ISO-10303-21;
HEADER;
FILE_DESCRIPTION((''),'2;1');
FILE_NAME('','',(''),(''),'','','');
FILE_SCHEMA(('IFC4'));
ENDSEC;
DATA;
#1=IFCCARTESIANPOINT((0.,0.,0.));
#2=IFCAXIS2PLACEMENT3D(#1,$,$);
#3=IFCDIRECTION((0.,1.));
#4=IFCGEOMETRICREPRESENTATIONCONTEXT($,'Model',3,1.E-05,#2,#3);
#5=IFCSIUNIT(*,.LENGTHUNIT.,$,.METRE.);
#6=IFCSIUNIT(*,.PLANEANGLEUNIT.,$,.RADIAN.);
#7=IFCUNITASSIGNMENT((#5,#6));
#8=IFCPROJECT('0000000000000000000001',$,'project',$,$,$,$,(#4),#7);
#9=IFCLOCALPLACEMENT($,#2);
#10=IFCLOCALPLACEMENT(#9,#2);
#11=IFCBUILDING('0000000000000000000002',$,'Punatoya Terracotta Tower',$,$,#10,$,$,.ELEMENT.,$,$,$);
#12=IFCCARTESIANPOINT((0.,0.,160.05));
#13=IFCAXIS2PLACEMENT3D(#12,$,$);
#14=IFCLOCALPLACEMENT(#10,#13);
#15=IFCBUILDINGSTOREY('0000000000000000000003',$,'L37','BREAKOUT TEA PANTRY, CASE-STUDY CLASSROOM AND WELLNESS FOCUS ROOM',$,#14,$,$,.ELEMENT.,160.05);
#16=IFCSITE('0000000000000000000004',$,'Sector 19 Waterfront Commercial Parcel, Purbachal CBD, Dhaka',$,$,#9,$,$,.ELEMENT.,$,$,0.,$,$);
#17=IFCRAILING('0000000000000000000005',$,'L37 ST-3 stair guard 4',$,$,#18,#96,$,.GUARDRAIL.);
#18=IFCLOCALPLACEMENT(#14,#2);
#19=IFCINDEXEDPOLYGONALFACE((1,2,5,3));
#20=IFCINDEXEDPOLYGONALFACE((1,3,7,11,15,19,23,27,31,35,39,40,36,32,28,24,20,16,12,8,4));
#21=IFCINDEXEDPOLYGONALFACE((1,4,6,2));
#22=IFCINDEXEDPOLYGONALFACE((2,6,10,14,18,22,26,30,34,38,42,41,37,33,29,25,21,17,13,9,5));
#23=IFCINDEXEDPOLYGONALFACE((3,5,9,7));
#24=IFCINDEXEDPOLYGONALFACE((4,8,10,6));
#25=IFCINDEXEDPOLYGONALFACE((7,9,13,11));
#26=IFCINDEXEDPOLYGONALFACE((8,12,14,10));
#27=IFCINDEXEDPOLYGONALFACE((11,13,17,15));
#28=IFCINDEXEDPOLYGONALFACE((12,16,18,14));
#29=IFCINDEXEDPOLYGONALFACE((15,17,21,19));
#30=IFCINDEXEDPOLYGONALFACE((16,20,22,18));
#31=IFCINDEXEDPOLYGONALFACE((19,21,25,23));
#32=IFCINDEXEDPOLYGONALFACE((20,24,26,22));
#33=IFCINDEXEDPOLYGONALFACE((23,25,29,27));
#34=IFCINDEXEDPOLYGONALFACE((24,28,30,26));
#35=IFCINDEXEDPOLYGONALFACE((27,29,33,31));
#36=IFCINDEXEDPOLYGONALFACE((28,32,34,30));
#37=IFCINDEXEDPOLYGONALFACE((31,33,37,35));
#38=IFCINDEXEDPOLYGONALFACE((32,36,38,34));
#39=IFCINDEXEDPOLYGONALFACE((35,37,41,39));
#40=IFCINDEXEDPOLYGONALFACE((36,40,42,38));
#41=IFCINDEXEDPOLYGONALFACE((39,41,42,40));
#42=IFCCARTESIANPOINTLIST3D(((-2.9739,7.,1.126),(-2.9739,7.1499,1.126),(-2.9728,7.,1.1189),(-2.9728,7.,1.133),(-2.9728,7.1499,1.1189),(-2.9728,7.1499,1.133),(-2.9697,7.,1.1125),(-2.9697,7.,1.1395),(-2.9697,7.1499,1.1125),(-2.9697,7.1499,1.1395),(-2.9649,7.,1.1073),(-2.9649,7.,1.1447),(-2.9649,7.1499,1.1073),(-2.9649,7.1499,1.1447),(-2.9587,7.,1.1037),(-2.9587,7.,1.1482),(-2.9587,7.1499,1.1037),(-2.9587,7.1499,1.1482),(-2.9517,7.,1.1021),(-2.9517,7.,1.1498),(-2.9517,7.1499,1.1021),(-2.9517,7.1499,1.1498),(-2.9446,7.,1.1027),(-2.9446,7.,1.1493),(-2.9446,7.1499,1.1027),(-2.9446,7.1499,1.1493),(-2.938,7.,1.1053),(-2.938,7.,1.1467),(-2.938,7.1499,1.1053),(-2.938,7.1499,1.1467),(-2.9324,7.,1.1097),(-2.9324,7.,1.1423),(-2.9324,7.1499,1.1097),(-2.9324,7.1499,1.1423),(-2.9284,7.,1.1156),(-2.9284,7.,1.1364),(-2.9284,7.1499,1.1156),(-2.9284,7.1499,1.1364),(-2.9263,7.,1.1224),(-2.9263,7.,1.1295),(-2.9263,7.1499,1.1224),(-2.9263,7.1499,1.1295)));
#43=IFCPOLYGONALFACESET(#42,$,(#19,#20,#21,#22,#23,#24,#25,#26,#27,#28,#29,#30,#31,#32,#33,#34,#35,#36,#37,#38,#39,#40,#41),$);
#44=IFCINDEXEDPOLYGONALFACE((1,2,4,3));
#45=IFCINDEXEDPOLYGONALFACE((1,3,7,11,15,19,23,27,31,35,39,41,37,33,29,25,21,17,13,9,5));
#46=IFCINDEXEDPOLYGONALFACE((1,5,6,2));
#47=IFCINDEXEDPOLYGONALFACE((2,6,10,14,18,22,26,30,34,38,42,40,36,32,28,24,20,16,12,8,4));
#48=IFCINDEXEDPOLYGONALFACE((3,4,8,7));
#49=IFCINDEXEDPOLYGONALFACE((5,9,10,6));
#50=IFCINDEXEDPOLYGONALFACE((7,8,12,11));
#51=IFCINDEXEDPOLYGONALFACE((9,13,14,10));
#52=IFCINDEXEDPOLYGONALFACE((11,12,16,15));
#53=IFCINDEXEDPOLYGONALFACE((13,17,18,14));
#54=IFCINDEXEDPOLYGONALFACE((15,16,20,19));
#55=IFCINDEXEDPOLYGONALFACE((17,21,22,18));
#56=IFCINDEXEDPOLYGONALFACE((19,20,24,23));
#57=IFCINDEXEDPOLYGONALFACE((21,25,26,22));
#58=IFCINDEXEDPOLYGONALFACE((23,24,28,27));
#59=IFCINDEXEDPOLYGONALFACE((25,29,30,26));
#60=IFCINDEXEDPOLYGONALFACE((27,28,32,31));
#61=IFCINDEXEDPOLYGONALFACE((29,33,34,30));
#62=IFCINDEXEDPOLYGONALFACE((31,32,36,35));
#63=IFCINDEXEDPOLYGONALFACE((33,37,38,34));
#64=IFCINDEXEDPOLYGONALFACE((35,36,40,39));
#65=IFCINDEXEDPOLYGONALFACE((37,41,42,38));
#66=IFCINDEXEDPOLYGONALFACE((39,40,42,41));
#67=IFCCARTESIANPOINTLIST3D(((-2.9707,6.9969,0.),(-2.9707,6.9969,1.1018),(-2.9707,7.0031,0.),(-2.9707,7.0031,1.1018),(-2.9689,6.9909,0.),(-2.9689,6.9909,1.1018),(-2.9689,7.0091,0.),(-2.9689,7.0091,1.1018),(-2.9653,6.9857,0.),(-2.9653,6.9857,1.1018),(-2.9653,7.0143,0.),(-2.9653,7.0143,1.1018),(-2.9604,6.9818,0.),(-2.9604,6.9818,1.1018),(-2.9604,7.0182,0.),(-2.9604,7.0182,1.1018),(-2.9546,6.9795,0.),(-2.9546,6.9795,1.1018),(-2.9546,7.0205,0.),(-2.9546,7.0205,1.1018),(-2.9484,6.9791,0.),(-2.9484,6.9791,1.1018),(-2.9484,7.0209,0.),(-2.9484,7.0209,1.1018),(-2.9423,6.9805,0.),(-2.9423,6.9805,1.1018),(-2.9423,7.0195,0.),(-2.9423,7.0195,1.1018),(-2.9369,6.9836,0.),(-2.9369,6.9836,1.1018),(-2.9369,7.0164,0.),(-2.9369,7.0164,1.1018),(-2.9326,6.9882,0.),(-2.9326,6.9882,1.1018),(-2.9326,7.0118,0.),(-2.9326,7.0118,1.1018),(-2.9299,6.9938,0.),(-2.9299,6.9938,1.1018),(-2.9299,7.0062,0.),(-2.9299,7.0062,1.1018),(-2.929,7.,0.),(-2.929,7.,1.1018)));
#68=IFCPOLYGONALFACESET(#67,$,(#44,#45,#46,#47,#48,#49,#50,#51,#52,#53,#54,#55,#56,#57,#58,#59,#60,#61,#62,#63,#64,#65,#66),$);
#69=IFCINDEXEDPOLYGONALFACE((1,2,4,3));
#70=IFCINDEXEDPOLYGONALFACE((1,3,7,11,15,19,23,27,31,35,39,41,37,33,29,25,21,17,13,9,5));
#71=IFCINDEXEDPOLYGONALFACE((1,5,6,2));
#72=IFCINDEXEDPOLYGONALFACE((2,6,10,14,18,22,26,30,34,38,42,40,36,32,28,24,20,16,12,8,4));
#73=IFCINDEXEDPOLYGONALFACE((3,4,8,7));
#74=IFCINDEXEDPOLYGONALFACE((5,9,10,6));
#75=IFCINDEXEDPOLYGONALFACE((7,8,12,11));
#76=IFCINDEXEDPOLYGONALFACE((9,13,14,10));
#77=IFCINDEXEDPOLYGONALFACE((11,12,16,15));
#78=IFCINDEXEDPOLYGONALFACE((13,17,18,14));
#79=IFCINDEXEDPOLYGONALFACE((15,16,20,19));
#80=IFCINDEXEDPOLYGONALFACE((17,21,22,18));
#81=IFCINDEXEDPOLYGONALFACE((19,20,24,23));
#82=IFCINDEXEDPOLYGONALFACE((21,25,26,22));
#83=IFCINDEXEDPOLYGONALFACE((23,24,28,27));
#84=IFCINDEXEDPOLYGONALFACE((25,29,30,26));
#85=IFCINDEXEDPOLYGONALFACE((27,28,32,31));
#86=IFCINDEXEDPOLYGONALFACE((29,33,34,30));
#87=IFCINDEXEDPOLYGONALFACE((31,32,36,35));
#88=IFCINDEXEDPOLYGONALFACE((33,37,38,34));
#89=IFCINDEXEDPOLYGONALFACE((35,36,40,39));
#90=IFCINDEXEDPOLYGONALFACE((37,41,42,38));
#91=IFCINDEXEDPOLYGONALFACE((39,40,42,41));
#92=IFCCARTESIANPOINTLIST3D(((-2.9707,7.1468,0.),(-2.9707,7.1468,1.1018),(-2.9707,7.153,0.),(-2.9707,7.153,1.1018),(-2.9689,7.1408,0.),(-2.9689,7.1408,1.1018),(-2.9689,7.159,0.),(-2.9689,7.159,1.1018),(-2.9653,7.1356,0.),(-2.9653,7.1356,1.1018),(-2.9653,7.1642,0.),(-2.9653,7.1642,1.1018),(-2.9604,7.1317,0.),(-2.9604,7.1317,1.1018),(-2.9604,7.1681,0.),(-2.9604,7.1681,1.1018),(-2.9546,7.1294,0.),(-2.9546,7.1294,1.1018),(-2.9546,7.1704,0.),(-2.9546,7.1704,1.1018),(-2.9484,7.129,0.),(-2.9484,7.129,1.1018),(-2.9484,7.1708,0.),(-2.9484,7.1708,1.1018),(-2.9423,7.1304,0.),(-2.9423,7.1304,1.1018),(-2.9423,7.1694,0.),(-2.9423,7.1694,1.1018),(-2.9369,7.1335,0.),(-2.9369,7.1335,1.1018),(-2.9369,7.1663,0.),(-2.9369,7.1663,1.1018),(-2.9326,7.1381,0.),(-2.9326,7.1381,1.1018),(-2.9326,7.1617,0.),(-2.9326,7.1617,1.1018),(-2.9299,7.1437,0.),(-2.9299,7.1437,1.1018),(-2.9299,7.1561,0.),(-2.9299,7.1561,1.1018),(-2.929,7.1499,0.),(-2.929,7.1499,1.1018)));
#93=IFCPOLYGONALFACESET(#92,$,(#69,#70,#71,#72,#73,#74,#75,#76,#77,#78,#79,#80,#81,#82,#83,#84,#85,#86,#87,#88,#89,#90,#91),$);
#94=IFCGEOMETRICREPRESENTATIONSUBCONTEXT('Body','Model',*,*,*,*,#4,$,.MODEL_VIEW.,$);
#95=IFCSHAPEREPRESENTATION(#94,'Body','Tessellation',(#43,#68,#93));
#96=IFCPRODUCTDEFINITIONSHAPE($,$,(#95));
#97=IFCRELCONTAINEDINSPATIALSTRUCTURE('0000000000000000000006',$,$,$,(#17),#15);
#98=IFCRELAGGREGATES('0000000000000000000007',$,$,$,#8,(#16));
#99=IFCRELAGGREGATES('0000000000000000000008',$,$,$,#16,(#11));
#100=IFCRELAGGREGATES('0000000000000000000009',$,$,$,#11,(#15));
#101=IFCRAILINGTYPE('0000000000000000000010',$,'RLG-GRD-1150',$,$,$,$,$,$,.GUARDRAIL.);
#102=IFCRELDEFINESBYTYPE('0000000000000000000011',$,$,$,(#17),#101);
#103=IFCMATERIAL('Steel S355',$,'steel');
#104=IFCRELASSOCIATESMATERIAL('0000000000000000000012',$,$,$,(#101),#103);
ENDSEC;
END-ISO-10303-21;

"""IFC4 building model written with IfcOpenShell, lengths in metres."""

from ifc_helpers import new_model, si_unit, direction, frame, origin, origin_2d, place, context, subcontext, project, spatial, circle, extrude, material, type_object, element, save


model = new_model("IFC4")

# Units and contexts
model_context = context("Model", 3, precision=1e-05, world=origin(), true_north=direction((0.0, 1.0)))
body_context = subcontext(model_context, "Body", "Model", "MODEL_VIEW")
ifc_project = project(units=[si_unit("LENGTHUNIT", "METRE"), si_unit("PLANEANGLEUNIT", "RADIAN")], contexts=[model_context])

# Site, building, storey
site_placement = place(None, origin())
site = spatial("IfcSite", under=ifc_project, at=site_placement, Name="Sector 19 Waterfront Commercial Parcel, Purbachal CBD, Dhaka", CompositionType="ELEMENT", RefElevation=0.0)
building_placement = place(site_placement, origin())
building = spatial("IfcBuilding", under=site, at=building_placement, Name="Punatoya Terracotta Tower", CompositionType="ELEMENT")
storey_placement = place(building_placement, frame((0.0, 0.0, 160.05)))
storey = spatial("IfcBuildingStorey", under=building, at=storey_placement, Name="L37", Description="BREAKOUT TEA PANTRY, CASE-STUDY CLASSROOM AND WELLNESS FOCUS ROOM", CompositionType="ELEMENT", Elevation=160.05)

# Shared definitions
ifc_material_1 = material(Name="Steel S355", Category="steel")

# Railing
railing_type = type_object("IfcRailingType", Name="RLG-GRD-1150", PredefinedType="GUARDRAIL", material=ifc_material_1)
railing_1_placement = place(storey_placement, frame((-2.95, 7.0, 0.0)))
element("IfcRailing", 1, at=railing_1_placement, inside=storey, type_object=railing_type, Name="L37 ST-3 stair guard 4", PredefinedType="GUARDRAIL", context=body_context, shape_type="SweptSolid", body=[
    extrude(circle(Radius=0.0239, at=origin_2d()), frame((0.0, 0.0, 1.126), z_axis=(0.0, 1.0, 0.0), x_axis=(-1.0, 0.0, 0.0)), (0.0, 0.0, 1.0), 0.1499),
    extrude(circle(Radius=0.021, at=origin_2d()), origin(), (0.0, 0.0, 1.0), 1.1018),
    extrude(circle(Radius=0.021, at=origin_2d()), frame((0.0, 0.1499, 0.0)), (0.0, 0.0, 1.0), 1.1018),
])

save(model, "model.ifc")
